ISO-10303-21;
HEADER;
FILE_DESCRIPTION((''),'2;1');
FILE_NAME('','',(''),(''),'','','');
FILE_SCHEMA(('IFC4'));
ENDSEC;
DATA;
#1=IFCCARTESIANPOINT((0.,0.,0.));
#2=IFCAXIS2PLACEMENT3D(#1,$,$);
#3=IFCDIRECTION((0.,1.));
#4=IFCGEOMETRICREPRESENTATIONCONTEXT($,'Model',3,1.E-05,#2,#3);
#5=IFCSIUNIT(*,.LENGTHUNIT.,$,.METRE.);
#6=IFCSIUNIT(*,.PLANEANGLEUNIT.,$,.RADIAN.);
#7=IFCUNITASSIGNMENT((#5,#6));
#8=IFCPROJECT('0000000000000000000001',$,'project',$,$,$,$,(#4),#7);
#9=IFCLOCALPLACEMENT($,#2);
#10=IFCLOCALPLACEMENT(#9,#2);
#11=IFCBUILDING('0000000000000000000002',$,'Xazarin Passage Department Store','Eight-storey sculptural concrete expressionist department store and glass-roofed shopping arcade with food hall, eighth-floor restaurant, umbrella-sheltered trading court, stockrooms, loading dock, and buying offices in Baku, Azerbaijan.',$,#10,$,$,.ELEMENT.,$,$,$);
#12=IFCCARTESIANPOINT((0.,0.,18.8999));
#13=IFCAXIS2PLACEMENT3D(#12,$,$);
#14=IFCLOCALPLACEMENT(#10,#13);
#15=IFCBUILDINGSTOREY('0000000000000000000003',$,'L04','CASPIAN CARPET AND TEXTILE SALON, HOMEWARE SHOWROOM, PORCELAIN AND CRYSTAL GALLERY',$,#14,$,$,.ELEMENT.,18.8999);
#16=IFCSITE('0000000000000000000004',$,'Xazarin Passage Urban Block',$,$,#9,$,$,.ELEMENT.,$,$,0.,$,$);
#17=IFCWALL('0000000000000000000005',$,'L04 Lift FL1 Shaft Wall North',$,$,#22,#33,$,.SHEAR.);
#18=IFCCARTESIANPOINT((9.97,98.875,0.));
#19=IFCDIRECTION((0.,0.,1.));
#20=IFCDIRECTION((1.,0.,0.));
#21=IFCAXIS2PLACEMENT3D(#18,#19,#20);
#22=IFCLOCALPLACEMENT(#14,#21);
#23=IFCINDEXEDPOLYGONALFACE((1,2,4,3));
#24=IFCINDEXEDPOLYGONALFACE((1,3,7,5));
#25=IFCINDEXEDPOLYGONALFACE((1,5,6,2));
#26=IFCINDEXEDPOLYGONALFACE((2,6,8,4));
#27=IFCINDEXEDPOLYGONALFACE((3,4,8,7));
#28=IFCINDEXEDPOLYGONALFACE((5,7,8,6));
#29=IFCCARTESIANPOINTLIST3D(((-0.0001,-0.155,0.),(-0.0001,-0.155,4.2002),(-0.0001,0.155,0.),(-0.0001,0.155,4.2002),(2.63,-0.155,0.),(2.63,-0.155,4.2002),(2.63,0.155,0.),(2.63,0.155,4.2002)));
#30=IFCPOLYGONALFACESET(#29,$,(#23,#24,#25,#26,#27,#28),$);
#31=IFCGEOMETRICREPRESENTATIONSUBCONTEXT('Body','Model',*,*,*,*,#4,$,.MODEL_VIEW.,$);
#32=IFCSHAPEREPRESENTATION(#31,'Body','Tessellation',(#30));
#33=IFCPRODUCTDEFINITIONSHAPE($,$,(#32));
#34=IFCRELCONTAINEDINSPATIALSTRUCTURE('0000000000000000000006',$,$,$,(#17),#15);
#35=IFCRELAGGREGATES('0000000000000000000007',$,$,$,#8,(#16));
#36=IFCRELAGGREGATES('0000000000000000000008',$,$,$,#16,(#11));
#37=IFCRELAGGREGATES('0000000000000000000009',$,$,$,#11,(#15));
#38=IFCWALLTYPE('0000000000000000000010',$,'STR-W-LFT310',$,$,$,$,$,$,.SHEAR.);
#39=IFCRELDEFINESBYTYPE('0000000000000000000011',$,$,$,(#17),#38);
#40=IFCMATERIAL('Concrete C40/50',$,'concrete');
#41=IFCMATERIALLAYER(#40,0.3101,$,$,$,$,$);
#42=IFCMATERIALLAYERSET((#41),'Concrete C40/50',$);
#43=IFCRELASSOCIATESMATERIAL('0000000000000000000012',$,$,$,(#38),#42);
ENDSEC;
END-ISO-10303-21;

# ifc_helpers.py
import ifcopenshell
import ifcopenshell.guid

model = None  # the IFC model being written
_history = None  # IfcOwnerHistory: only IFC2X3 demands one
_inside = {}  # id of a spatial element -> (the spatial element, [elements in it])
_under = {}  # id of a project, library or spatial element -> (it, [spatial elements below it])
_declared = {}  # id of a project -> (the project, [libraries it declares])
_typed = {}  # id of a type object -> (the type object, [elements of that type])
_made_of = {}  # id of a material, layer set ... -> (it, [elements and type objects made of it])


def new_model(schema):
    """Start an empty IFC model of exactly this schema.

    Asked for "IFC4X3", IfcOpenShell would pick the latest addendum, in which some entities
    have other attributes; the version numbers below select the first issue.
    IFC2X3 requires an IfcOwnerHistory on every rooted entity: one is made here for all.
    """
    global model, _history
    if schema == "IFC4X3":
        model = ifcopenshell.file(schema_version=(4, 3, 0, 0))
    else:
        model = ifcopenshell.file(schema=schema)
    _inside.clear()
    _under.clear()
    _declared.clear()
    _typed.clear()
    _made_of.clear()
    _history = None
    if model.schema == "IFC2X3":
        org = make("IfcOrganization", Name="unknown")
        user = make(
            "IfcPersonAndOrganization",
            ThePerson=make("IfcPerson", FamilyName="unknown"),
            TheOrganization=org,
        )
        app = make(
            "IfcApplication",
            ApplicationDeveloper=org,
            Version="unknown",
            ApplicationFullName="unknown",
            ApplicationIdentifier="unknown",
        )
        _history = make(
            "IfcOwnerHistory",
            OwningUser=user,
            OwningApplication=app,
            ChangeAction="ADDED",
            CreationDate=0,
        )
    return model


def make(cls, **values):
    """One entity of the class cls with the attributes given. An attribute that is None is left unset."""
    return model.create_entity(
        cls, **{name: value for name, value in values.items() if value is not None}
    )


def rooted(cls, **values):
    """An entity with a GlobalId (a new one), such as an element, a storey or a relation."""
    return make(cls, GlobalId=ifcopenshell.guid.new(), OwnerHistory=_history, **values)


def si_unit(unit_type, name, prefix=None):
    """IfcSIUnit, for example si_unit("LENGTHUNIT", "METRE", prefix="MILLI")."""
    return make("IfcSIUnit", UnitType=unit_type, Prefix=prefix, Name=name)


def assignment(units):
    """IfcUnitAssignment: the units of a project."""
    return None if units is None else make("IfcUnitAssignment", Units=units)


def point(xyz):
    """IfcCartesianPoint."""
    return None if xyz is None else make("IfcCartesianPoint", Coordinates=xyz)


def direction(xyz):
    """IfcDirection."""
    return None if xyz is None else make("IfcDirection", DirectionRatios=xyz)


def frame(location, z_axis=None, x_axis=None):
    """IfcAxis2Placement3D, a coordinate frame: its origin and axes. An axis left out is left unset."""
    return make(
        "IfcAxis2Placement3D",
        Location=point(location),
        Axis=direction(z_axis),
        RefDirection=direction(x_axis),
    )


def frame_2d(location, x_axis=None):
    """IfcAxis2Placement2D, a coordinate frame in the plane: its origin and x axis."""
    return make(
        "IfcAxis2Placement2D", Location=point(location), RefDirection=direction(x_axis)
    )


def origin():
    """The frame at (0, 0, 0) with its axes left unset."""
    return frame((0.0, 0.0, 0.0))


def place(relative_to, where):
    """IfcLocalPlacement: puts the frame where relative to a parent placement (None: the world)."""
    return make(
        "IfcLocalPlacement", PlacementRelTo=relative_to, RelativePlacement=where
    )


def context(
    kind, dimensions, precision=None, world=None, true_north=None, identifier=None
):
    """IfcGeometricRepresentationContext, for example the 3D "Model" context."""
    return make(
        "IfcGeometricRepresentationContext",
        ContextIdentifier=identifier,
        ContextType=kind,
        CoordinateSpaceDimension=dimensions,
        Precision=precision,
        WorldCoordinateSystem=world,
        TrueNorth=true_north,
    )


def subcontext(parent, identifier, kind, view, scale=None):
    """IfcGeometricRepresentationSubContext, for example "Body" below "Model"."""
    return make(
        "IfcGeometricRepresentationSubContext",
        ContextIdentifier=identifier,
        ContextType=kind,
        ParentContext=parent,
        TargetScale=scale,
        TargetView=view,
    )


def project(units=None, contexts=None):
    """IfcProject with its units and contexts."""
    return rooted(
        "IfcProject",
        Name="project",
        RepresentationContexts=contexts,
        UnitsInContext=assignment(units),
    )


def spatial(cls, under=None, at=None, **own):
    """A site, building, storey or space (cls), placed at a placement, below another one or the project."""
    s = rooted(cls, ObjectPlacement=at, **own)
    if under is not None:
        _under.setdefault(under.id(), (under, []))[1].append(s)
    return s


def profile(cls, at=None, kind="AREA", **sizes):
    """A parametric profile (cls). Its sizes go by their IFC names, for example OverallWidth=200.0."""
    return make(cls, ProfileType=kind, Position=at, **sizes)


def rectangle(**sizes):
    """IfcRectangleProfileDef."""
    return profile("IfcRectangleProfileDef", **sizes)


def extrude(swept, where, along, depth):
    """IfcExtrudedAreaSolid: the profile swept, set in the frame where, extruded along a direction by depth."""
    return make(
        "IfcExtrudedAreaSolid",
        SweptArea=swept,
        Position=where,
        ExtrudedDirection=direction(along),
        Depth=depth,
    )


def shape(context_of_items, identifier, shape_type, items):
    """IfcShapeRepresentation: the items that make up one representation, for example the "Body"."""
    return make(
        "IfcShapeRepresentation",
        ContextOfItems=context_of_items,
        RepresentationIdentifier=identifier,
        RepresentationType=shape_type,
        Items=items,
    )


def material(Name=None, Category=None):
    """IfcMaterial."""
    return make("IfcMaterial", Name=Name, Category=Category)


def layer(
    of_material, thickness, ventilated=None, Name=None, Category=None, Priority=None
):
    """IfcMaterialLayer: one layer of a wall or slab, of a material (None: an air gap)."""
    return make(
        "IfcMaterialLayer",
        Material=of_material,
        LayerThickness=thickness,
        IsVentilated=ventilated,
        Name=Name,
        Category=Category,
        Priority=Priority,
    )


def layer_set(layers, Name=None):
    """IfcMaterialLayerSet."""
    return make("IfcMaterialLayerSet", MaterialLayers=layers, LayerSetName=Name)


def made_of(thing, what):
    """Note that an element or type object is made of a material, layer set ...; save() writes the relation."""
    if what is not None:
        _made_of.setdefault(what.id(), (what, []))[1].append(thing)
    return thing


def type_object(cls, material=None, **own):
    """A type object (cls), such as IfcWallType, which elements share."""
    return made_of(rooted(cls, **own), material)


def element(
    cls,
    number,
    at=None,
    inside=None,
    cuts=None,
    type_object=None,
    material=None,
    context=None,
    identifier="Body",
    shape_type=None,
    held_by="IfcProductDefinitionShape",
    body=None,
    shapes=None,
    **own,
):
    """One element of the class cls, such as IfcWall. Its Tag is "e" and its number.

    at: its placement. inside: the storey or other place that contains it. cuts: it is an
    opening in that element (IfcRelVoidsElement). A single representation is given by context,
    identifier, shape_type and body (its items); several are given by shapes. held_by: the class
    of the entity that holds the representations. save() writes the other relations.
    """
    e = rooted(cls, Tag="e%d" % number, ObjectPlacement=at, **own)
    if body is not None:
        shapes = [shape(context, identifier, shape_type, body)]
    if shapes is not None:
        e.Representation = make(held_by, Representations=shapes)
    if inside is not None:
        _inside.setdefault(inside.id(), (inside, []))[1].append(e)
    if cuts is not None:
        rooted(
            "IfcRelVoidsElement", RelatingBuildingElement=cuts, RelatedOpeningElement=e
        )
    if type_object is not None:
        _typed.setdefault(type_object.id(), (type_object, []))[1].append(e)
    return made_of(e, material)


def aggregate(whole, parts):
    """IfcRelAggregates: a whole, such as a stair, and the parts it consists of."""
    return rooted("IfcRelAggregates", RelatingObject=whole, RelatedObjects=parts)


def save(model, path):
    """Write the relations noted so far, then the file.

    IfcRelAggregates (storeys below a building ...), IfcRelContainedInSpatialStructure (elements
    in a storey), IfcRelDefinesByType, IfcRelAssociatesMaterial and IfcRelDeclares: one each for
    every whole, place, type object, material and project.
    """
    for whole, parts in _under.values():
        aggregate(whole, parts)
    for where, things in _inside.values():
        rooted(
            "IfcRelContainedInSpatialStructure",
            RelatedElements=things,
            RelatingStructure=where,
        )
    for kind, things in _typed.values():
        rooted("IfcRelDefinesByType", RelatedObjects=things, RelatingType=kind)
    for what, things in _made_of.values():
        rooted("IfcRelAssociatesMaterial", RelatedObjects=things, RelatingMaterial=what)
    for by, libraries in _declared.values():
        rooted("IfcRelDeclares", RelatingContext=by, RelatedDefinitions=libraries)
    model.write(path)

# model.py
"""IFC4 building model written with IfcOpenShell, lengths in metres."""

from ifc_helpers import new_model, si_unit, direction, frame, frame_2d, origin, place, context, subcontext, project, spatial, rectangle, extrude, material, layer, layer_set, type_object, element, save


model = new_model("IFC4")

# Units and contexts
model_context = context("Model", 3, precision=1e-05, world=origin(), true_north=direction((0.0, 1.0)))
body_context = subcontext(model_context, "Body", "Model", "MODEL_VIEW")
ifc_project = project(units=[si_unit("LENGTHUNIT", "METRE"), si_unit("PLANEANGLEUNIT", "RADIAN")], contexts=[model_context])

# Site, building, storey
site_placement = place(None, origin())
site = spatial("IfcSite", under=ifc_project, at=site_placement, Name="Xazarin Passage Urban Block", CompositionType="ELEMENT", RefElevation=0.0)
building_placement = place(site_placement, origin())
building = spatial("IfcBuilding", under=site, at=building_placement, Name="Xazarin Passage Department Store", Description="Eight-storey sculptural concrete expressionist department store and glass-roofed shopping arcade with food hall, eighth-floor restaurant, umbrella-sheltered trading court, stockrooms, loading dock, and buying offices in Baku, Azerbaijan.", CompositionType="ELEMENT")
storey_placement = place(building_placement, frame((0.0, 0.0, 18.8999)))
storey = spatial("IfcBuildingStorey", under=building, at=storey_placement, Name="L04", Description="CASPIAN CARPET AND TEXTILE SALON, HOMEWARE SHOWROOM, PORCELAIN AND CRYSTAL GALLERY", CompositionType="ELEMENT", Elevation=18.8999)

# Shared definitions
ifc_material_1 = material(Name="Concrete C40/50", Category="concrete")

# Wall
ifc_layer_1 = layer(ifc_material_1, 0.3101)
ifc_layer_set_1 = layer_set([ifc_layer_1], Name="Concrete C40/50")
wall_type_1 = type_object("IfcWallType", Name="STR-W-LFT310", PredefinedType="SHEAR", material=ifc_layer_set_1)
wall_1_placement = place(storey_placement, frame((9.97, 98.875, 0.0), z_axis=(0.0, 0.0, 1.0), x_axis=(1.0, 0.0, 0.0)))
element("IfcWall", 1, at=wall_1_placement, inside=storey, type_object=wall_type_1, Name="L04 Lift FL1 Shaft Wall North", PredefinedType="SHEAR", context=body_context, shape_type="SweptSolid", body=[
    extrude(rectangle(XDim=2.6301, YDim=0.3101, at=frame_2d((1.3149, 0.0))), origin(), (0.0, 0.0, 1.0), 4.2002),
])

save(model, "model.ifc")
